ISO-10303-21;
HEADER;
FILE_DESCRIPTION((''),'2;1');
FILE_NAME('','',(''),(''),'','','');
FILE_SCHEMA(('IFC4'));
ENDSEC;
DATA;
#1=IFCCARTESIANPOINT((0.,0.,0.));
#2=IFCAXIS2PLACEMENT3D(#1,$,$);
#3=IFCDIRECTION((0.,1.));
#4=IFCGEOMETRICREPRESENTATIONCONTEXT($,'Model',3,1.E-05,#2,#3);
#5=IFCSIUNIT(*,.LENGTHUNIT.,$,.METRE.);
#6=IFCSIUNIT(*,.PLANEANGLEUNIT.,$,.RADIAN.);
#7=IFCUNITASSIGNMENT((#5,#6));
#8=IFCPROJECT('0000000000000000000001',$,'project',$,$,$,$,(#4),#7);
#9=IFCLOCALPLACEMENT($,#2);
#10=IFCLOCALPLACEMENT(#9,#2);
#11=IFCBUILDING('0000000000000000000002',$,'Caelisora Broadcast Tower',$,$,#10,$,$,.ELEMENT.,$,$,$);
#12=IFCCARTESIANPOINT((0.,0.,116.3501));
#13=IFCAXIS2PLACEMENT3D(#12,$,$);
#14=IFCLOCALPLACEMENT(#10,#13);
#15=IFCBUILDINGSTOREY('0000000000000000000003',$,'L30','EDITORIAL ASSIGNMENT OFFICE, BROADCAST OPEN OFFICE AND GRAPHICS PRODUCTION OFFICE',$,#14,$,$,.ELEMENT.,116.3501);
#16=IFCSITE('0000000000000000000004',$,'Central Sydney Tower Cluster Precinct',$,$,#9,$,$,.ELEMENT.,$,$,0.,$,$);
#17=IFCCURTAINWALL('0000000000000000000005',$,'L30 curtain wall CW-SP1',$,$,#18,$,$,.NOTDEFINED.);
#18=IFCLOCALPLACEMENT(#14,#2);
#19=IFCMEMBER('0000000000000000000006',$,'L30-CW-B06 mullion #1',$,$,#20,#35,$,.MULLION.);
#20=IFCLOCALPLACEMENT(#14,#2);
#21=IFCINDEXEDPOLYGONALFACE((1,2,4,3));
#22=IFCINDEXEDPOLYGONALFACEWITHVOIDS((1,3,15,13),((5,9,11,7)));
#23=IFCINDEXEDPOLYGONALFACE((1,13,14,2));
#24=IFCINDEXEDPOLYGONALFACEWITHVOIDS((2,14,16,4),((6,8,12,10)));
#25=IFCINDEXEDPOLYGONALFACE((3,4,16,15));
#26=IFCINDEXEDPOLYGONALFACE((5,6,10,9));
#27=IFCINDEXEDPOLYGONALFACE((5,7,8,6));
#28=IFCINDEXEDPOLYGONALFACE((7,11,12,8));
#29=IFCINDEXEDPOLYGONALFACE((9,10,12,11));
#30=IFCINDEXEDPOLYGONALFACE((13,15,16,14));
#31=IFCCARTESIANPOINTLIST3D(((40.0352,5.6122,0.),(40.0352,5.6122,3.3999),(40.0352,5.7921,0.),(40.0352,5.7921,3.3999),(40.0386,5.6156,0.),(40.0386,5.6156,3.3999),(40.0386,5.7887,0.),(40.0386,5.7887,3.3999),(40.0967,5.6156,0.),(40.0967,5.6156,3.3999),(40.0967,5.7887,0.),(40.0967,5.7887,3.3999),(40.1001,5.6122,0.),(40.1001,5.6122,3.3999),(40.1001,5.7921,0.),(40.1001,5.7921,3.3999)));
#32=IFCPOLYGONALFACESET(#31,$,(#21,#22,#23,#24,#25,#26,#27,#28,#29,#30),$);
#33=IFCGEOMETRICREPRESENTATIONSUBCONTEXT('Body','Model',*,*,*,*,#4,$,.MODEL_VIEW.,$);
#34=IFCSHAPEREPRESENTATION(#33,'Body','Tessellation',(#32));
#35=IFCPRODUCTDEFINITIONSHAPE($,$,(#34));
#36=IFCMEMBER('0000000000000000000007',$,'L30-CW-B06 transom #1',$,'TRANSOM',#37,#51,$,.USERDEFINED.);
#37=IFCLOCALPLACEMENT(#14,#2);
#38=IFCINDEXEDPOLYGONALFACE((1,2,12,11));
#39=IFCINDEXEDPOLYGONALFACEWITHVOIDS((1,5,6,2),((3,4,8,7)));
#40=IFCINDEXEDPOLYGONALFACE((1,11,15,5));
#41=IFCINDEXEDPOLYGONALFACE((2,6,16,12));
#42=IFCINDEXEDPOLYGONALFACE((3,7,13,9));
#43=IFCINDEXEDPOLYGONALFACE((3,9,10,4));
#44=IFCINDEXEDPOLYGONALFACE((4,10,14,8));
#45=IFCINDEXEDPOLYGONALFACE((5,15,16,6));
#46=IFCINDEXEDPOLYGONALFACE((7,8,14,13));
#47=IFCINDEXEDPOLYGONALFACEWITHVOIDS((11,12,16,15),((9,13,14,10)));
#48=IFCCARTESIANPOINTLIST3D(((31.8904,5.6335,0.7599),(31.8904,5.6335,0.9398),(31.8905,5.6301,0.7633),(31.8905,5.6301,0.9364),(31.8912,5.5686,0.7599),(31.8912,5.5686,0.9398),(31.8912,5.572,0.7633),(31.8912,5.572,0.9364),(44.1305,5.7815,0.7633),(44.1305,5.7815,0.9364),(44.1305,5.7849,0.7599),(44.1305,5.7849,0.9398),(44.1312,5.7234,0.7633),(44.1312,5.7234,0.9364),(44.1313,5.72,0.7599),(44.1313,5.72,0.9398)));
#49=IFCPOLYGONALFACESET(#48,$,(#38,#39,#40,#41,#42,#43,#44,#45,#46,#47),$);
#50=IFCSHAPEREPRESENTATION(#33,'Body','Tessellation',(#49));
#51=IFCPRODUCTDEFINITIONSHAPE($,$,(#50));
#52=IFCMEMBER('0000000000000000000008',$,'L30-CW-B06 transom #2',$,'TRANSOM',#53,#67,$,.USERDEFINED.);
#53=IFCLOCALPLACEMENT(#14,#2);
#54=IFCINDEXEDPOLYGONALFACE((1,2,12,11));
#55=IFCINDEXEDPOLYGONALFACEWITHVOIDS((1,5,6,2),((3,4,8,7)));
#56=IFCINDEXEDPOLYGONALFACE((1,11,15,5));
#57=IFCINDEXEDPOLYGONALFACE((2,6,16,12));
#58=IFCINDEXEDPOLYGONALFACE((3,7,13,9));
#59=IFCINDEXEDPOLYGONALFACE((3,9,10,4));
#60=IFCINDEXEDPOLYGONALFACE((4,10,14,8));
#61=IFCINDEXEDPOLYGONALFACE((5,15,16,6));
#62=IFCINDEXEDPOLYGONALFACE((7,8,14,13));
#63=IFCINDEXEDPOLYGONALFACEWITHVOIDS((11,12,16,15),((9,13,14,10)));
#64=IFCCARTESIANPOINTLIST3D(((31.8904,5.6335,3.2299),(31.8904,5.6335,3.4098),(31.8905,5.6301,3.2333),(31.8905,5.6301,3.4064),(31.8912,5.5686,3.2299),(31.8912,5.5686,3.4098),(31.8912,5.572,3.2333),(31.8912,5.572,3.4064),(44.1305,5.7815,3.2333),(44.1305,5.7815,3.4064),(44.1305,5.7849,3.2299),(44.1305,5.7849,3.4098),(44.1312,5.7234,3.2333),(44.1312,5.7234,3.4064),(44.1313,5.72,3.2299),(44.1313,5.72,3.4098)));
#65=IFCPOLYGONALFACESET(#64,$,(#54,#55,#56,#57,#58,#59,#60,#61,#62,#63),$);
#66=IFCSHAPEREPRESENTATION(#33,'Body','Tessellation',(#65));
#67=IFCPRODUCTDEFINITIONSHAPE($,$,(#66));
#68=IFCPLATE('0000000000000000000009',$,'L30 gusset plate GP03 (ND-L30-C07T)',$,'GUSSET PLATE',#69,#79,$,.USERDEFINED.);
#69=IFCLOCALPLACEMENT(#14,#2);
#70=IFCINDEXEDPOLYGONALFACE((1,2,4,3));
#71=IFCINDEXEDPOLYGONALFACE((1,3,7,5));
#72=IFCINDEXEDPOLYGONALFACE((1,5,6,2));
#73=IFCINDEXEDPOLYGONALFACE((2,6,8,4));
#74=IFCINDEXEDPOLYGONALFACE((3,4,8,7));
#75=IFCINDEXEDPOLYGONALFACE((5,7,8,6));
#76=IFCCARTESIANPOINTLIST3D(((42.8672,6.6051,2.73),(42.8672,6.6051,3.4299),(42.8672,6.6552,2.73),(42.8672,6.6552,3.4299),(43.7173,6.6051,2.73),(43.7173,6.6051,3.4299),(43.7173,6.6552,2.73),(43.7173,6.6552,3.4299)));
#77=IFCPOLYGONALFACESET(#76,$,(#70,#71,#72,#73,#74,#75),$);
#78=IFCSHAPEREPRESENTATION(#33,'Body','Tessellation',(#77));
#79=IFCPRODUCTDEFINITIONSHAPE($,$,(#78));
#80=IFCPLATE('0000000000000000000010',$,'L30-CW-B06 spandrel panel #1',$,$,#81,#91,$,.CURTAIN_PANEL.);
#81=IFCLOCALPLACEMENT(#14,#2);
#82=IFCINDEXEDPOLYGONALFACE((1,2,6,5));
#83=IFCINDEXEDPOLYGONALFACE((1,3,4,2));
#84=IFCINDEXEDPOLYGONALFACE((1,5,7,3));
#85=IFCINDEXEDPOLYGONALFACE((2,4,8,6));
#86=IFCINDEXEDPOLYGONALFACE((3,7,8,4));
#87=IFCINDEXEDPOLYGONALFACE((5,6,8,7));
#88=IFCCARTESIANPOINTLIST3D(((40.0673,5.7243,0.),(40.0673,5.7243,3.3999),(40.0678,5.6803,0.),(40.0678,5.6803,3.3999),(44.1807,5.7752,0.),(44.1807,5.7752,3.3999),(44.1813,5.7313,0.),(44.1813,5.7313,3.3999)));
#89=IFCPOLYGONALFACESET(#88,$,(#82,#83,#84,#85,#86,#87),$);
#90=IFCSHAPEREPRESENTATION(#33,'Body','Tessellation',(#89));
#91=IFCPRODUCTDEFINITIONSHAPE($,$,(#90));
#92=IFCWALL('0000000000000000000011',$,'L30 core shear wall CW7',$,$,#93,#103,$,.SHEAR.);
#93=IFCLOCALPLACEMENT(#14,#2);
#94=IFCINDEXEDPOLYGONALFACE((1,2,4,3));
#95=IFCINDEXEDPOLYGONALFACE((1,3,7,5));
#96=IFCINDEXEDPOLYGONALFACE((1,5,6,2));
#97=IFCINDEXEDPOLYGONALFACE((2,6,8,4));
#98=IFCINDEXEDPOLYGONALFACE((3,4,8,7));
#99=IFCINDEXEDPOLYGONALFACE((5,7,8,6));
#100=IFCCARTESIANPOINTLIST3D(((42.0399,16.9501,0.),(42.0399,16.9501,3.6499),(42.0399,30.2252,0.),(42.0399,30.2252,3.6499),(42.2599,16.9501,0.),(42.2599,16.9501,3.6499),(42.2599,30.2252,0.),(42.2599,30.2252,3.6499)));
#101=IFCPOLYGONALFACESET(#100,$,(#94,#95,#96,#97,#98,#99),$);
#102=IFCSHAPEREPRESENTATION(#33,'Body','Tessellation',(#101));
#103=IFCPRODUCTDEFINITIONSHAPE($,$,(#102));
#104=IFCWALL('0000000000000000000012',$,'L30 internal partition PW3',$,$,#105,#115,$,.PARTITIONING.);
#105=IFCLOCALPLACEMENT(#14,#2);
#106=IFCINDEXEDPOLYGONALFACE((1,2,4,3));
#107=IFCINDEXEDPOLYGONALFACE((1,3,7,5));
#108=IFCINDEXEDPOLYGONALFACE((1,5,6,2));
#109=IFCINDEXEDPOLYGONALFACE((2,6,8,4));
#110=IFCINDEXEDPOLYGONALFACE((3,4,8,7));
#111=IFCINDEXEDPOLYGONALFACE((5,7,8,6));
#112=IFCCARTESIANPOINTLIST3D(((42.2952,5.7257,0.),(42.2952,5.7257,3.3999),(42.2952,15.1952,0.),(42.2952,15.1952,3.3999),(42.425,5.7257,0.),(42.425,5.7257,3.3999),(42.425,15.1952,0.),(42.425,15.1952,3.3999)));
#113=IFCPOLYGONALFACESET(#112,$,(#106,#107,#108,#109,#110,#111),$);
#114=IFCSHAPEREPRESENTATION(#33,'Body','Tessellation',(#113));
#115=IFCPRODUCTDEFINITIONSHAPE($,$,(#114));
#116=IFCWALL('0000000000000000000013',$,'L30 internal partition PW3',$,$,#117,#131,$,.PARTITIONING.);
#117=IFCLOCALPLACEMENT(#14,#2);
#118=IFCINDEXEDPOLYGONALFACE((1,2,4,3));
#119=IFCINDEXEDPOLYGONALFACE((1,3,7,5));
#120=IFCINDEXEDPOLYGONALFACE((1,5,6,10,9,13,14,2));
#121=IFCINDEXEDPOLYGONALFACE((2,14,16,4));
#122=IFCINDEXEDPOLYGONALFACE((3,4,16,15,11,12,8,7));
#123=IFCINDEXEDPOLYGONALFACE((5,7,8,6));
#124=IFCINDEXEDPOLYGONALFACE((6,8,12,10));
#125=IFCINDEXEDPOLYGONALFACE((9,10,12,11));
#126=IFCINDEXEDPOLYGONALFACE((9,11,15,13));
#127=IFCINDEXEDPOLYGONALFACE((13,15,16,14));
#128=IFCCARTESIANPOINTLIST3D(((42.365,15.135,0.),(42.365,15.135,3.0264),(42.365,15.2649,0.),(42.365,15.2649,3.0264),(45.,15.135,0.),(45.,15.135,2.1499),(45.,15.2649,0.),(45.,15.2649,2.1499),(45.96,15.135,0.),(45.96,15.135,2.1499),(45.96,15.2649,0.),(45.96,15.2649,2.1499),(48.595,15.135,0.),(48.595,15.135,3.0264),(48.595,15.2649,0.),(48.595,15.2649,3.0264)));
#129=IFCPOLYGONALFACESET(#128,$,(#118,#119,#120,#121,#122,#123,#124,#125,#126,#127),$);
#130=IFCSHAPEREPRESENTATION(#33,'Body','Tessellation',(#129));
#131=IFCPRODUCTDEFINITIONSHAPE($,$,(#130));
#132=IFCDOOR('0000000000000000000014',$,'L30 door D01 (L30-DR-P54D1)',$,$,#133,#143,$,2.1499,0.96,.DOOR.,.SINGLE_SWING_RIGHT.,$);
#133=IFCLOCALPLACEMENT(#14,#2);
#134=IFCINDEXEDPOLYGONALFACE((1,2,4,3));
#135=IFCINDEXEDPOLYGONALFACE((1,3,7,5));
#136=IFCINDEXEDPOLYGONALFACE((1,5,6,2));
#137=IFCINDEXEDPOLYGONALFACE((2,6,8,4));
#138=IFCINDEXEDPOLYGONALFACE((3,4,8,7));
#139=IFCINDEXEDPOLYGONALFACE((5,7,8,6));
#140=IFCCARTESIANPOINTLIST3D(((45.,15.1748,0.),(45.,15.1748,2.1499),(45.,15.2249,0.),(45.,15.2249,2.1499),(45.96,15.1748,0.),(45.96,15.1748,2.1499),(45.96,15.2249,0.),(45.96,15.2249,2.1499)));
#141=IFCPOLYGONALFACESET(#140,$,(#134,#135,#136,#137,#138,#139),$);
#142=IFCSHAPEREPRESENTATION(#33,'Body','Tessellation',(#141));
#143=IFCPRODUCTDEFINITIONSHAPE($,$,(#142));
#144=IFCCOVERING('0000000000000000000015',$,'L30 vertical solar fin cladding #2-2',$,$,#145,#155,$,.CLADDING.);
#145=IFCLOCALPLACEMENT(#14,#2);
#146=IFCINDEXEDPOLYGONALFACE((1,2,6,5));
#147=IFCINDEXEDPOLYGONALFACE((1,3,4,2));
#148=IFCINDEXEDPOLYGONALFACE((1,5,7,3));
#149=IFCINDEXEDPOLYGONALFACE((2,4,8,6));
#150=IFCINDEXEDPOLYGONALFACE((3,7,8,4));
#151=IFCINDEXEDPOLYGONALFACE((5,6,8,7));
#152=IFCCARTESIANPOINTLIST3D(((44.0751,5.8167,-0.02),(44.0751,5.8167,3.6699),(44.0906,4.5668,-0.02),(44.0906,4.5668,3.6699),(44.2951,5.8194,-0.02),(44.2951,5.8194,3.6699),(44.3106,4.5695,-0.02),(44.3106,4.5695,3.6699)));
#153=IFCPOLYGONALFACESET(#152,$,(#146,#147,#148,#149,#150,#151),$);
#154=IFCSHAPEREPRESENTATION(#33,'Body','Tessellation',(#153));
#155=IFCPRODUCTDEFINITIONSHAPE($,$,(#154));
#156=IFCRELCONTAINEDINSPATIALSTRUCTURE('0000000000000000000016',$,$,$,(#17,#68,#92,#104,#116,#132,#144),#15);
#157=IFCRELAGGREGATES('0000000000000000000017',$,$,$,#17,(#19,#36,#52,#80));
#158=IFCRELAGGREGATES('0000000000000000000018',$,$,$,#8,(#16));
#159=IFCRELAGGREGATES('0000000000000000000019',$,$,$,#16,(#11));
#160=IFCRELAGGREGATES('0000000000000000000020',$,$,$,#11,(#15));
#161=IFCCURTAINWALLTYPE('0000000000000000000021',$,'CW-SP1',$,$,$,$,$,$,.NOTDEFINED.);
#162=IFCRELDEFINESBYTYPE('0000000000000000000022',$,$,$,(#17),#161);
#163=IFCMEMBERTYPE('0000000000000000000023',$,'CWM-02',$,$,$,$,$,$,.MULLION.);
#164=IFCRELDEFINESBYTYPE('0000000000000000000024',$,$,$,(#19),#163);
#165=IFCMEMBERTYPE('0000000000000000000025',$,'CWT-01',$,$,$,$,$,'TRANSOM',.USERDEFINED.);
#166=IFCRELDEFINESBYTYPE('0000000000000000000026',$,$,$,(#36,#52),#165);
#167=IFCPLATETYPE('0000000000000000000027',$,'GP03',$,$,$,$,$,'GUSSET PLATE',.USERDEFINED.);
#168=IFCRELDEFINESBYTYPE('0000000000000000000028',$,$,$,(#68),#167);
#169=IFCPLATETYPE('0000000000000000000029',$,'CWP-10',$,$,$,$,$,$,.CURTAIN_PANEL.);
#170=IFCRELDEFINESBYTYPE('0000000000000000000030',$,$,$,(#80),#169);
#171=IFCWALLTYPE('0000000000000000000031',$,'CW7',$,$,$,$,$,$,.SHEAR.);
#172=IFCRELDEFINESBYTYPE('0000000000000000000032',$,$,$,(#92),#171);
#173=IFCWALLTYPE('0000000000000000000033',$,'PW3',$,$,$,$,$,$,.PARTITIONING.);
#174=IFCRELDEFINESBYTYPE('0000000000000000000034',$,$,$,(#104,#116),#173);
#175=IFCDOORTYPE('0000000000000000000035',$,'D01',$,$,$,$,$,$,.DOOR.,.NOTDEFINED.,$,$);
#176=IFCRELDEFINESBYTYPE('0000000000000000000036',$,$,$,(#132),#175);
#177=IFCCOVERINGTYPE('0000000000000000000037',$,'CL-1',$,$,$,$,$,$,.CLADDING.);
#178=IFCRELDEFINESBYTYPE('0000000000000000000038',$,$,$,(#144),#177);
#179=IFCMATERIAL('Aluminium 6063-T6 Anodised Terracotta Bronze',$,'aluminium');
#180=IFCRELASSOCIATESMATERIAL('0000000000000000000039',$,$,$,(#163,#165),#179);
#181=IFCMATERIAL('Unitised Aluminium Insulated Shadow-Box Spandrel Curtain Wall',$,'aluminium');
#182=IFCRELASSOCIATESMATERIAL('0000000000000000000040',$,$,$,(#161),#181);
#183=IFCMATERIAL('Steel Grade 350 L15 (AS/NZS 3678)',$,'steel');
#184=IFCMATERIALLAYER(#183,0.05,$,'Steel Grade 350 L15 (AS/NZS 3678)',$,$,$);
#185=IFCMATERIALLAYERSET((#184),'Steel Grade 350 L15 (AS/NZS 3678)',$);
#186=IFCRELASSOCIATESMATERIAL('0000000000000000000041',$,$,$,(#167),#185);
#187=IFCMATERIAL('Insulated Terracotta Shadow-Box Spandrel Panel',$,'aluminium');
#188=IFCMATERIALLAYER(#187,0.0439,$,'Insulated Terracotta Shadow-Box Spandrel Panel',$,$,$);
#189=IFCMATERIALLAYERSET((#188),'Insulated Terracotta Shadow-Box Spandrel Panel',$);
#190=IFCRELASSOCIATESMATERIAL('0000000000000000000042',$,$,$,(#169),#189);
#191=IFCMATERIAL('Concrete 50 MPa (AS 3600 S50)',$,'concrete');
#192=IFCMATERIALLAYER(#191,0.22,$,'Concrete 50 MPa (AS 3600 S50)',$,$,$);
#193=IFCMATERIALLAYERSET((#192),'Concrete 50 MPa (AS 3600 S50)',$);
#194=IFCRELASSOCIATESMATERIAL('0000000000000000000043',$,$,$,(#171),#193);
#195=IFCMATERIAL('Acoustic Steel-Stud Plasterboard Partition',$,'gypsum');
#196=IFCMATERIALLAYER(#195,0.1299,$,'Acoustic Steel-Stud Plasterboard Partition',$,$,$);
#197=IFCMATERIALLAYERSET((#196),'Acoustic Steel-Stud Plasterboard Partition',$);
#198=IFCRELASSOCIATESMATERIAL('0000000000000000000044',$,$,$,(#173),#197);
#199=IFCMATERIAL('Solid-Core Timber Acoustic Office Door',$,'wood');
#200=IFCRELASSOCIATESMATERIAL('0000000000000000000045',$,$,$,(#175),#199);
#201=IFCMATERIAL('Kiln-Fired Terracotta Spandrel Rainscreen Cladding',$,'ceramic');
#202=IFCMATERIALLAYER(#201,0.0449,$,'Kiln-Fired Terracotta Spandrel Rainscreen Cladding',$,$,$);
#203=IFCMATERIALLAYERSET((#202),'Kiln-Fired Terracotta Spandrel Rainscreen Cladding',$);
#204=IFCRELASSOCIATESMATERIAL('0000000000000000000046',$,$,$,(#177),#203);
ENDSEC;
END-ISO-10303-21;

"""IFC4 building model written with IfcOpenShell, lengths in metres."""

from ifc_helpers import new_model, si_unit, direction, frame, frame_2d, origin, origin_2d, place, context, subcontext, project, spatial, rectangle, hollow_rectangle, extrude, source, transform, mapped, material, layer, layer_set, material_profile, profile_set, type_object, type_shapes, element, fill, aggregate, save


model = new_model("IFC4")

# Units and contexts
model_context = context("Model", 3, precision=1e-05, world=origin(), true_north=direction((0.0, 1.0)))
body_context = subcontext(model_context, "Body", "Model", "MODEL_VIEW")
ifc_project = project(units=[si_unit("LENGTHUNIT", "METRE"), si_unit("PLANEANGLEUNIT", "RADIAN")], contexts=[model_context])

# Site, building, storey
site_placement = place(None, origin())
site = spatial("IfcSite", under=ifc_project, at=site_placement, Name="Central Sydney Tower Cluster Precinct", CompositionType="ELEMENT", RefElevation=0.0)
building_placement = place(site_placement, origin())
building = spatial("IfcBuilding", under=site, at=building_placement, Name="Caelisora Broadcast Tower", CompositionType="ELEMENT")
storey_placement = place(building_placement, frame((0.0, 0.0, 116.3501)))
storey = spatial("IfcBuildingStorey", under=building, at=storey_placement, Name="L30", Description="EDITORIAL ASSIGNMENT OFFICE, BROADCAST OPEN OFFICE AND GRAPHICS PRODUCTION OFFICE", CompositionType="ELEMENT", Elevation=116.3501)

# Shared definitions
ifc_material_1 = material(Name="Steel Grade 350 L15 (AS/NZS 3678)", Category="steel")

# Shared definitions
ifc_material_2 = material(Name="Aluminium 6063-T6 Anodised Terracotta Bronze", Category="aluminium")
ifc_material_profile_1 = material_profile(ifc_material_2, hollow_rectangle(XDim=0.0649, YDim=0.1799, WallThickness=0.0034, at=origin_2d()), Name="Aluminium 6063-T6 Anodised Terracotta Bronze")
ifc_profile_set_1 = profile_set([ifc_material_profile_1], Name="Aluminium 6063-T6 Anodised Terracotta Bronze")
member_type_1 = type_object("IfcMemberType", Name="CWM-02", PredefinedType="MULLION", material=ifc_profile_set_1)
shared_shape_1 = source(origin(), body_context, "Body", "SweptSolid", [
    extrude(hollow_rectangle(XDim=0.0649, YDim=0.1799, WallThickness=0.0034, at=origin_2d()), origin(), (0.0, 0.0, 1.0), 3.3999),
])
type_shapes(member_type_1, [shared_shape_1])

# Curtain wall, members
ifc_material_3 = material(Name="Unitised Aluminium Insulated Shadow-Box Spandrel Curtain Wall", Category="aluminium")
curtain_wall_type_1 = type_object("IfcCurtainWallType", Name="CW-SP1", PredefinedType="NOTDEFINED", material=ifc_material_3)
curtain_wall_1_placement = place(storey_placement, origin())
curtain_wall_1 = element("IfcCurtainWall", 1, at=curtain_wall_1_placement, inside=storey, type_object=curtain_wall_type_1, Name="L30 curtain wall CW-SP1", PredefinedType="NOTDEFINED")
member_1_placement = place(storey_placement, frame((40.0676, 5.7021, 0.0), z_axis=(0.0, 0.0, 1.0), x_axis=(1.0, 0.0, 0.0)))
member_1 = element("IfcMember", 2, at=member_1_placement, type_object=member_type_1, Name="L30-CW-B06 mullion #1", PredefinedType="MULLION", context=body_context, shape_type="MappedRepresentation", body=[
    mapped(shared_shape_1, transform((0.0, 0.0, 0.0), scale=1.0)),
])
ifc_material_profile_2 = material_profile(ifc_material_2, hollow_rectangle(XDim=0.0649, YDim=0.1799, WallThickness=0.0034, at=origin_2d()), Name="Aluminium 6063-T6 Anodised Terracotta Bronze")
ifc_profile_set_2 = profile_set([ifc_material_profile_2], Name="Aluminium 6063-T6 Anodised Terracotta Bronze")
member_type_2 = type_object("IfcMemberType", Name="CWT-01", ElementType="TRANSOM", PredefinedType="USERDEFINED", material=ifc_profile_set_2)
shared_shape_2 = source(origin(), body_context, "Body", "SweptSolid", [
    extrude(hollow_rectangle(XDim=0.0649, YDim=0.1799, WallThickness=0.0034, at=origin_2d()), origin(), (0.0, 0.0, 1.0), 12.241),
])
type_shapes(member_type_2, [shared_shape_2])
member_2_placement = place(storey_placement, frame((44.1309, 5.7524, 0.8499), z_axis=(-0.999924, -0.012366, 0.0), x_axis=(0.012366, -0.999924, 0.0)))
member_2 = element("IfcMember", 3, at=member_2_placement, type_object=member_type_2, Name="L30-CW-B06 transom #1", ObjectType="TRANSOM", PredefinedType="USERDEFINED", context=body_context, shape_type="MappedRepresentation", body=[
    mapped(shared_shape_2, transform((0.0, 0.0, 0.0), scale=1.0)),
])
member_3_placement = place(storey_placement, frame((44.1309, 5.7524, 3.3198), z_axis=(-0.999924, -0.012366, 0.0), x_axis=(0.012366, -0.999924, 0.0)))
member_3 = element("IfcMember", 4, at=member_3_placement, type_object=member_type_2, Name="L30-CW-B06 transom #2", ObjectType="TRANSOM", PredefinedType="USERDEFINED", context=body_context, shape_type="MappedRepresentation", body=[
    mapped(shared_shape_2, transform((0.0, 0.0, 0.0), scale=1.0)),
])

# Plates
ifc_layer_1 = layer(ifc_material_1, 0.05, Name="Steel Grade 350 L15 (AS/NZS 3678)")
ifc_layer_set_1 = layer_set([ifc_layer_1], Name="Steel Grade 350 L15 (AS/NZS 3678)")
plate_type_1 = type_object("IfcPlateType", Name="GP03", ElementType="GUSSET PLATE", PredefinedType="USERDEFINED", material=ifc_layer_set_1)
shared_shape_3 = source(origin(), body_context, "Body", "SweptSolid", [
    extrude(rectangle(XDim=0.8501, YDim=0.05, at=origin_2d()), origin(), (0.0, 0.0, 1.0), 0.7),
])
type_shapes(plate_type_1, [shared_shape_3])
plate_1_placement = place(storey_placement, frame((43.2922, 6.6301, 2.73), z_axis=(0.0, 0.0, 1.0), x_axis=(1.0, 0.0, 0.0)))
element("IfcPlate", 5, at=plate_1_placement, inside=storey, type_object=plate_type_1, Name="L30 gusset plate GP03 (ND-L30-C07T)", ObjectType="GUSSET PLATE", PredefinedType="USERDEFINED", context=body_context, shape_type="MappedRepresentation", body=[
    mapped(shared_shape_3, transform((0.0, 0.0, 0.0), scale=1.0)),
])
ifc_material_4 = material(Name="Insulated Terracotta Shadow-Box Spandrel Panel", Category="aluminium")
ifc_layer_2 = layer(ifc_material_4, 0.0439, Name="Insulated Terracotta Shadow-Box Spandrel Panel")
ifc_layer_set_2 = layer_set([ifc_layer_2], Name="Insulated Terracotta Shadow-Box Spandrel Panel")
plate_type_2 = type_object("IfcPlateType", Name="CWP-10", PredefinedType="CURTAIN_PANEL", material=ifc_layer_set_2)
shared_shape_4 = source(origin(), body_context, "Body", "SweptSolid", [
    extrude(rectangle(XDim=4.1138, YDim=0.0439, at=origin_2d()), origin(), (0.0, 0.0, 1.0), 3.3999),
])
type_shapes(plate_type_2, [shared_shape_4])
plate_2_placement = place(storey_placement, frame((42.1243, 5.7278, 0.0), z_axis=(0.0, 0.0, 1.0), x_axis=(-0.999923, -0.012392, 0.0)))
plate_2 = element("IfcPlate", 6, at=plate_2_placement, type_object=plate_type_2, Name="L30-CW-B06 spandrel panel #1", PredefinedType="CURTAIN_PANEL", context=body_context, shape_type="MappedRepresentation", body=[
    mapped(shared_shape_4, transform((0.0, 0.0, 0.0), scale=1.0)),
])
aggregate(curtain_wall_1, [member_1, member_2, member_3, plate_2])

# Walls
ifc_material_5 = material(Name="Concrete 50 MPa (AS 3600 S50)", Category="concrete")
ifc_layer_3 = layer(ifc_material_5, 0.22, Name="Concrete 50 MPa (AS 3600 S50)")
ifc_layer_set_3 = layer_set([ifc_layer_3], Name="Concrete 50 MPa (AS 3600 S50)")
wall_type_1 = type_object("IfcWallType", Name="CW7", PredefinedType="SHEAR", material=ifc_layer_set_3)
wall_1_placement = place(storey_placement, frame((42.1499, 16.95, 0.0), z_axis=(0.0, 0.0, 1.0), x_axis=(0.0, 1.0, 0.0)))
element("IfcWall", 7, at=wall_1_placement, inside=storey, type_object=wall_type_1, Name="L30 core shear wall CW7", PredefinedType="SHEAR", context=body_context, shape_type="SweptSolid", body=[
    extrude(rectangle(XDim=13.2751, YDim=0.22, at=frame_2d((6.6377, 0.0))), origin(), (0.0, 0.0, 1.0), 3.6499),
])
ifc_material_6 = material(Name="Acoustic Steel-Stud Plasterboard Partition", Category="gypsum")
ifc_layer_4 = layer(ifc_material_6, 0.1299, Name="Acoustic Steel-Stud Plasterboard Partition")
ifc_layer_set_4 = layer_set([ifc_layer_4], Name="Acoustic Steel-Stud Plasterboard Partition")
wall_type_2 = type_object("IfcWallType", Name="PW3", PredefinedType="PARTITIONING", material=ifc_layer_set_4)
wall_2_placement = place(storey_placement, frame((42.3601, 5.7256, 0.0), z_axis=(0.0, 0.0, 1.0), x_axis=(0.0, 1.0, 0.0)))
element("IfcWall", 8, at=wall_2_placement, inside=storey, type_object=wall_type_2, Name="L30 internal partition PW3", PredefinedType="PARTITIONING", context=body_context, shape_type="SweptSolid", body=[
    extrude(rectangle(XDim=9.4695, YDim=0.1299, at=frame_2d((4.7349, 0.0))), origin(), (0.0, 0.0, 1.0), 3.3999),
])

# Wall, opening, door
wall_3_placement = place(storey_placement, frame((42.365, 15.2, 0.0), z_axis=(0.0, 0.0, 1.0), x_axis=(1.0, 0.0, 0.0)))
wall_3 = element("IfcWall", 9, at=wall_3_placement, inside=storey, type_object=wall_type_2, Name="L30 internal partition PW3", PredefinedType="PARTITIONING", context=body_context, shape_type="SweptSolid", body=[
    extrude(rectangle(XDim=6.23, YDim=0.1299, at=frame_2d((3.115, 0.0))), origin(), (0.0, 0.0, 1.0), 3.0264),
])
opening_1_placement = place(wall_3_placement, frame((2.635, 0.0, 0.0)))
opening_1 = element("IfcOpeningElement", 10, at=opening_1_placement, cuts=wall_3, PredefinedType="OPENING", context=body_context, shape_type="SweptSolid", body=[
    extrude(rectangle(XDim=0.96, YDim=2.1499, at=frame_2d((0.48, 1.075))), frame((0.0, 0.0769, 0.0), z_axis=(0.0, -1.0, 0.0), x_axis=(1.0, 0.0, 0.0)), (0.0, 0.0, 1.0), 0.1538),
])
ifc_material_7 = material(Name="Solid-Core Timber Acoustic Office Door", Category="wood")
door_type = type_object("IfcDoorType", Name="D01", OperationType="NOTDEFINED", PredefinedType="DOOR", material=ifc_material_7)
door_1_placement = place(opening_1_placement, origin())
door_1 = element("IfcDoor", 11, at=door_1_placement, inside=storey, type_object=door_type, Name="L30 door D01 (L30-DR-P54D1)", OperationType="SINGLE_SWING_RIGHT", OverallHeight=2.1499, OverallWidth=0.96, PredefinedType="DOOR", context=body_context, shape_type="SweptSolid", body=[
    extrude(rectangle(XDim=0.96, YDim=2.1499, at=frame_2d((0.48, 1.075))), frame((0.0, 0.0249, 0.0), z_axis=(0.0, -1.0, 0.0), x_axis=(1.0, 0.0, 0.0)), (0.0, 0.0, 1.0), 0.05),
])
fill(opening_1, door_1)

# Covering
ifc_material_8 = material(Name="Kiln-Fired Terracotta Spandrel Rainscreen Cladding", Category="ceramic")
ifc_layer_5 = layer(ifc_material_8, 0.0449, Name="Kiln-Fired Terracotta Spandrel Rainscreen Cladding")
ifc_layer_set_5 = layer_set([ifc_layer_5], Name="Kiln-Fired Terracotta Spandrel Rainscreen Cladding")
covering_type = type_object("IfcCoveringType", Name="CL-1", PredefinedType="CLADDING", material=ifc_layer_set_5)
shared_shape_5 = source(origin(), body_context, "Body", "SweptSolid", [
    extrude(rectangle(XDim=0.22, YDim=1.25, at=origin_2d()), origin(), (0.0, 0.0, 1.0), 3.6899),
])
covering_1_placement = place(storey_placement, frame((44.1929, 5.1931, -0.02), z_axis=(0.0, 0.0, 1.0), x_axis=(-0.999923, -0.012392, 0.0)))
element("IfcCovering", 12, at=covering_1_placement, inside=storey, type_object=covering_type, Name="L30 vertical solar fin cladding #2-2", PredefinedType="CLADDING", context=body_context, shape_type="MappedRepresentation", body=[
    mapped(shared_shape_5, transform((0.0, 0.0, 0.0), scale=1.0)),
])

save(model, "model.ifc")
